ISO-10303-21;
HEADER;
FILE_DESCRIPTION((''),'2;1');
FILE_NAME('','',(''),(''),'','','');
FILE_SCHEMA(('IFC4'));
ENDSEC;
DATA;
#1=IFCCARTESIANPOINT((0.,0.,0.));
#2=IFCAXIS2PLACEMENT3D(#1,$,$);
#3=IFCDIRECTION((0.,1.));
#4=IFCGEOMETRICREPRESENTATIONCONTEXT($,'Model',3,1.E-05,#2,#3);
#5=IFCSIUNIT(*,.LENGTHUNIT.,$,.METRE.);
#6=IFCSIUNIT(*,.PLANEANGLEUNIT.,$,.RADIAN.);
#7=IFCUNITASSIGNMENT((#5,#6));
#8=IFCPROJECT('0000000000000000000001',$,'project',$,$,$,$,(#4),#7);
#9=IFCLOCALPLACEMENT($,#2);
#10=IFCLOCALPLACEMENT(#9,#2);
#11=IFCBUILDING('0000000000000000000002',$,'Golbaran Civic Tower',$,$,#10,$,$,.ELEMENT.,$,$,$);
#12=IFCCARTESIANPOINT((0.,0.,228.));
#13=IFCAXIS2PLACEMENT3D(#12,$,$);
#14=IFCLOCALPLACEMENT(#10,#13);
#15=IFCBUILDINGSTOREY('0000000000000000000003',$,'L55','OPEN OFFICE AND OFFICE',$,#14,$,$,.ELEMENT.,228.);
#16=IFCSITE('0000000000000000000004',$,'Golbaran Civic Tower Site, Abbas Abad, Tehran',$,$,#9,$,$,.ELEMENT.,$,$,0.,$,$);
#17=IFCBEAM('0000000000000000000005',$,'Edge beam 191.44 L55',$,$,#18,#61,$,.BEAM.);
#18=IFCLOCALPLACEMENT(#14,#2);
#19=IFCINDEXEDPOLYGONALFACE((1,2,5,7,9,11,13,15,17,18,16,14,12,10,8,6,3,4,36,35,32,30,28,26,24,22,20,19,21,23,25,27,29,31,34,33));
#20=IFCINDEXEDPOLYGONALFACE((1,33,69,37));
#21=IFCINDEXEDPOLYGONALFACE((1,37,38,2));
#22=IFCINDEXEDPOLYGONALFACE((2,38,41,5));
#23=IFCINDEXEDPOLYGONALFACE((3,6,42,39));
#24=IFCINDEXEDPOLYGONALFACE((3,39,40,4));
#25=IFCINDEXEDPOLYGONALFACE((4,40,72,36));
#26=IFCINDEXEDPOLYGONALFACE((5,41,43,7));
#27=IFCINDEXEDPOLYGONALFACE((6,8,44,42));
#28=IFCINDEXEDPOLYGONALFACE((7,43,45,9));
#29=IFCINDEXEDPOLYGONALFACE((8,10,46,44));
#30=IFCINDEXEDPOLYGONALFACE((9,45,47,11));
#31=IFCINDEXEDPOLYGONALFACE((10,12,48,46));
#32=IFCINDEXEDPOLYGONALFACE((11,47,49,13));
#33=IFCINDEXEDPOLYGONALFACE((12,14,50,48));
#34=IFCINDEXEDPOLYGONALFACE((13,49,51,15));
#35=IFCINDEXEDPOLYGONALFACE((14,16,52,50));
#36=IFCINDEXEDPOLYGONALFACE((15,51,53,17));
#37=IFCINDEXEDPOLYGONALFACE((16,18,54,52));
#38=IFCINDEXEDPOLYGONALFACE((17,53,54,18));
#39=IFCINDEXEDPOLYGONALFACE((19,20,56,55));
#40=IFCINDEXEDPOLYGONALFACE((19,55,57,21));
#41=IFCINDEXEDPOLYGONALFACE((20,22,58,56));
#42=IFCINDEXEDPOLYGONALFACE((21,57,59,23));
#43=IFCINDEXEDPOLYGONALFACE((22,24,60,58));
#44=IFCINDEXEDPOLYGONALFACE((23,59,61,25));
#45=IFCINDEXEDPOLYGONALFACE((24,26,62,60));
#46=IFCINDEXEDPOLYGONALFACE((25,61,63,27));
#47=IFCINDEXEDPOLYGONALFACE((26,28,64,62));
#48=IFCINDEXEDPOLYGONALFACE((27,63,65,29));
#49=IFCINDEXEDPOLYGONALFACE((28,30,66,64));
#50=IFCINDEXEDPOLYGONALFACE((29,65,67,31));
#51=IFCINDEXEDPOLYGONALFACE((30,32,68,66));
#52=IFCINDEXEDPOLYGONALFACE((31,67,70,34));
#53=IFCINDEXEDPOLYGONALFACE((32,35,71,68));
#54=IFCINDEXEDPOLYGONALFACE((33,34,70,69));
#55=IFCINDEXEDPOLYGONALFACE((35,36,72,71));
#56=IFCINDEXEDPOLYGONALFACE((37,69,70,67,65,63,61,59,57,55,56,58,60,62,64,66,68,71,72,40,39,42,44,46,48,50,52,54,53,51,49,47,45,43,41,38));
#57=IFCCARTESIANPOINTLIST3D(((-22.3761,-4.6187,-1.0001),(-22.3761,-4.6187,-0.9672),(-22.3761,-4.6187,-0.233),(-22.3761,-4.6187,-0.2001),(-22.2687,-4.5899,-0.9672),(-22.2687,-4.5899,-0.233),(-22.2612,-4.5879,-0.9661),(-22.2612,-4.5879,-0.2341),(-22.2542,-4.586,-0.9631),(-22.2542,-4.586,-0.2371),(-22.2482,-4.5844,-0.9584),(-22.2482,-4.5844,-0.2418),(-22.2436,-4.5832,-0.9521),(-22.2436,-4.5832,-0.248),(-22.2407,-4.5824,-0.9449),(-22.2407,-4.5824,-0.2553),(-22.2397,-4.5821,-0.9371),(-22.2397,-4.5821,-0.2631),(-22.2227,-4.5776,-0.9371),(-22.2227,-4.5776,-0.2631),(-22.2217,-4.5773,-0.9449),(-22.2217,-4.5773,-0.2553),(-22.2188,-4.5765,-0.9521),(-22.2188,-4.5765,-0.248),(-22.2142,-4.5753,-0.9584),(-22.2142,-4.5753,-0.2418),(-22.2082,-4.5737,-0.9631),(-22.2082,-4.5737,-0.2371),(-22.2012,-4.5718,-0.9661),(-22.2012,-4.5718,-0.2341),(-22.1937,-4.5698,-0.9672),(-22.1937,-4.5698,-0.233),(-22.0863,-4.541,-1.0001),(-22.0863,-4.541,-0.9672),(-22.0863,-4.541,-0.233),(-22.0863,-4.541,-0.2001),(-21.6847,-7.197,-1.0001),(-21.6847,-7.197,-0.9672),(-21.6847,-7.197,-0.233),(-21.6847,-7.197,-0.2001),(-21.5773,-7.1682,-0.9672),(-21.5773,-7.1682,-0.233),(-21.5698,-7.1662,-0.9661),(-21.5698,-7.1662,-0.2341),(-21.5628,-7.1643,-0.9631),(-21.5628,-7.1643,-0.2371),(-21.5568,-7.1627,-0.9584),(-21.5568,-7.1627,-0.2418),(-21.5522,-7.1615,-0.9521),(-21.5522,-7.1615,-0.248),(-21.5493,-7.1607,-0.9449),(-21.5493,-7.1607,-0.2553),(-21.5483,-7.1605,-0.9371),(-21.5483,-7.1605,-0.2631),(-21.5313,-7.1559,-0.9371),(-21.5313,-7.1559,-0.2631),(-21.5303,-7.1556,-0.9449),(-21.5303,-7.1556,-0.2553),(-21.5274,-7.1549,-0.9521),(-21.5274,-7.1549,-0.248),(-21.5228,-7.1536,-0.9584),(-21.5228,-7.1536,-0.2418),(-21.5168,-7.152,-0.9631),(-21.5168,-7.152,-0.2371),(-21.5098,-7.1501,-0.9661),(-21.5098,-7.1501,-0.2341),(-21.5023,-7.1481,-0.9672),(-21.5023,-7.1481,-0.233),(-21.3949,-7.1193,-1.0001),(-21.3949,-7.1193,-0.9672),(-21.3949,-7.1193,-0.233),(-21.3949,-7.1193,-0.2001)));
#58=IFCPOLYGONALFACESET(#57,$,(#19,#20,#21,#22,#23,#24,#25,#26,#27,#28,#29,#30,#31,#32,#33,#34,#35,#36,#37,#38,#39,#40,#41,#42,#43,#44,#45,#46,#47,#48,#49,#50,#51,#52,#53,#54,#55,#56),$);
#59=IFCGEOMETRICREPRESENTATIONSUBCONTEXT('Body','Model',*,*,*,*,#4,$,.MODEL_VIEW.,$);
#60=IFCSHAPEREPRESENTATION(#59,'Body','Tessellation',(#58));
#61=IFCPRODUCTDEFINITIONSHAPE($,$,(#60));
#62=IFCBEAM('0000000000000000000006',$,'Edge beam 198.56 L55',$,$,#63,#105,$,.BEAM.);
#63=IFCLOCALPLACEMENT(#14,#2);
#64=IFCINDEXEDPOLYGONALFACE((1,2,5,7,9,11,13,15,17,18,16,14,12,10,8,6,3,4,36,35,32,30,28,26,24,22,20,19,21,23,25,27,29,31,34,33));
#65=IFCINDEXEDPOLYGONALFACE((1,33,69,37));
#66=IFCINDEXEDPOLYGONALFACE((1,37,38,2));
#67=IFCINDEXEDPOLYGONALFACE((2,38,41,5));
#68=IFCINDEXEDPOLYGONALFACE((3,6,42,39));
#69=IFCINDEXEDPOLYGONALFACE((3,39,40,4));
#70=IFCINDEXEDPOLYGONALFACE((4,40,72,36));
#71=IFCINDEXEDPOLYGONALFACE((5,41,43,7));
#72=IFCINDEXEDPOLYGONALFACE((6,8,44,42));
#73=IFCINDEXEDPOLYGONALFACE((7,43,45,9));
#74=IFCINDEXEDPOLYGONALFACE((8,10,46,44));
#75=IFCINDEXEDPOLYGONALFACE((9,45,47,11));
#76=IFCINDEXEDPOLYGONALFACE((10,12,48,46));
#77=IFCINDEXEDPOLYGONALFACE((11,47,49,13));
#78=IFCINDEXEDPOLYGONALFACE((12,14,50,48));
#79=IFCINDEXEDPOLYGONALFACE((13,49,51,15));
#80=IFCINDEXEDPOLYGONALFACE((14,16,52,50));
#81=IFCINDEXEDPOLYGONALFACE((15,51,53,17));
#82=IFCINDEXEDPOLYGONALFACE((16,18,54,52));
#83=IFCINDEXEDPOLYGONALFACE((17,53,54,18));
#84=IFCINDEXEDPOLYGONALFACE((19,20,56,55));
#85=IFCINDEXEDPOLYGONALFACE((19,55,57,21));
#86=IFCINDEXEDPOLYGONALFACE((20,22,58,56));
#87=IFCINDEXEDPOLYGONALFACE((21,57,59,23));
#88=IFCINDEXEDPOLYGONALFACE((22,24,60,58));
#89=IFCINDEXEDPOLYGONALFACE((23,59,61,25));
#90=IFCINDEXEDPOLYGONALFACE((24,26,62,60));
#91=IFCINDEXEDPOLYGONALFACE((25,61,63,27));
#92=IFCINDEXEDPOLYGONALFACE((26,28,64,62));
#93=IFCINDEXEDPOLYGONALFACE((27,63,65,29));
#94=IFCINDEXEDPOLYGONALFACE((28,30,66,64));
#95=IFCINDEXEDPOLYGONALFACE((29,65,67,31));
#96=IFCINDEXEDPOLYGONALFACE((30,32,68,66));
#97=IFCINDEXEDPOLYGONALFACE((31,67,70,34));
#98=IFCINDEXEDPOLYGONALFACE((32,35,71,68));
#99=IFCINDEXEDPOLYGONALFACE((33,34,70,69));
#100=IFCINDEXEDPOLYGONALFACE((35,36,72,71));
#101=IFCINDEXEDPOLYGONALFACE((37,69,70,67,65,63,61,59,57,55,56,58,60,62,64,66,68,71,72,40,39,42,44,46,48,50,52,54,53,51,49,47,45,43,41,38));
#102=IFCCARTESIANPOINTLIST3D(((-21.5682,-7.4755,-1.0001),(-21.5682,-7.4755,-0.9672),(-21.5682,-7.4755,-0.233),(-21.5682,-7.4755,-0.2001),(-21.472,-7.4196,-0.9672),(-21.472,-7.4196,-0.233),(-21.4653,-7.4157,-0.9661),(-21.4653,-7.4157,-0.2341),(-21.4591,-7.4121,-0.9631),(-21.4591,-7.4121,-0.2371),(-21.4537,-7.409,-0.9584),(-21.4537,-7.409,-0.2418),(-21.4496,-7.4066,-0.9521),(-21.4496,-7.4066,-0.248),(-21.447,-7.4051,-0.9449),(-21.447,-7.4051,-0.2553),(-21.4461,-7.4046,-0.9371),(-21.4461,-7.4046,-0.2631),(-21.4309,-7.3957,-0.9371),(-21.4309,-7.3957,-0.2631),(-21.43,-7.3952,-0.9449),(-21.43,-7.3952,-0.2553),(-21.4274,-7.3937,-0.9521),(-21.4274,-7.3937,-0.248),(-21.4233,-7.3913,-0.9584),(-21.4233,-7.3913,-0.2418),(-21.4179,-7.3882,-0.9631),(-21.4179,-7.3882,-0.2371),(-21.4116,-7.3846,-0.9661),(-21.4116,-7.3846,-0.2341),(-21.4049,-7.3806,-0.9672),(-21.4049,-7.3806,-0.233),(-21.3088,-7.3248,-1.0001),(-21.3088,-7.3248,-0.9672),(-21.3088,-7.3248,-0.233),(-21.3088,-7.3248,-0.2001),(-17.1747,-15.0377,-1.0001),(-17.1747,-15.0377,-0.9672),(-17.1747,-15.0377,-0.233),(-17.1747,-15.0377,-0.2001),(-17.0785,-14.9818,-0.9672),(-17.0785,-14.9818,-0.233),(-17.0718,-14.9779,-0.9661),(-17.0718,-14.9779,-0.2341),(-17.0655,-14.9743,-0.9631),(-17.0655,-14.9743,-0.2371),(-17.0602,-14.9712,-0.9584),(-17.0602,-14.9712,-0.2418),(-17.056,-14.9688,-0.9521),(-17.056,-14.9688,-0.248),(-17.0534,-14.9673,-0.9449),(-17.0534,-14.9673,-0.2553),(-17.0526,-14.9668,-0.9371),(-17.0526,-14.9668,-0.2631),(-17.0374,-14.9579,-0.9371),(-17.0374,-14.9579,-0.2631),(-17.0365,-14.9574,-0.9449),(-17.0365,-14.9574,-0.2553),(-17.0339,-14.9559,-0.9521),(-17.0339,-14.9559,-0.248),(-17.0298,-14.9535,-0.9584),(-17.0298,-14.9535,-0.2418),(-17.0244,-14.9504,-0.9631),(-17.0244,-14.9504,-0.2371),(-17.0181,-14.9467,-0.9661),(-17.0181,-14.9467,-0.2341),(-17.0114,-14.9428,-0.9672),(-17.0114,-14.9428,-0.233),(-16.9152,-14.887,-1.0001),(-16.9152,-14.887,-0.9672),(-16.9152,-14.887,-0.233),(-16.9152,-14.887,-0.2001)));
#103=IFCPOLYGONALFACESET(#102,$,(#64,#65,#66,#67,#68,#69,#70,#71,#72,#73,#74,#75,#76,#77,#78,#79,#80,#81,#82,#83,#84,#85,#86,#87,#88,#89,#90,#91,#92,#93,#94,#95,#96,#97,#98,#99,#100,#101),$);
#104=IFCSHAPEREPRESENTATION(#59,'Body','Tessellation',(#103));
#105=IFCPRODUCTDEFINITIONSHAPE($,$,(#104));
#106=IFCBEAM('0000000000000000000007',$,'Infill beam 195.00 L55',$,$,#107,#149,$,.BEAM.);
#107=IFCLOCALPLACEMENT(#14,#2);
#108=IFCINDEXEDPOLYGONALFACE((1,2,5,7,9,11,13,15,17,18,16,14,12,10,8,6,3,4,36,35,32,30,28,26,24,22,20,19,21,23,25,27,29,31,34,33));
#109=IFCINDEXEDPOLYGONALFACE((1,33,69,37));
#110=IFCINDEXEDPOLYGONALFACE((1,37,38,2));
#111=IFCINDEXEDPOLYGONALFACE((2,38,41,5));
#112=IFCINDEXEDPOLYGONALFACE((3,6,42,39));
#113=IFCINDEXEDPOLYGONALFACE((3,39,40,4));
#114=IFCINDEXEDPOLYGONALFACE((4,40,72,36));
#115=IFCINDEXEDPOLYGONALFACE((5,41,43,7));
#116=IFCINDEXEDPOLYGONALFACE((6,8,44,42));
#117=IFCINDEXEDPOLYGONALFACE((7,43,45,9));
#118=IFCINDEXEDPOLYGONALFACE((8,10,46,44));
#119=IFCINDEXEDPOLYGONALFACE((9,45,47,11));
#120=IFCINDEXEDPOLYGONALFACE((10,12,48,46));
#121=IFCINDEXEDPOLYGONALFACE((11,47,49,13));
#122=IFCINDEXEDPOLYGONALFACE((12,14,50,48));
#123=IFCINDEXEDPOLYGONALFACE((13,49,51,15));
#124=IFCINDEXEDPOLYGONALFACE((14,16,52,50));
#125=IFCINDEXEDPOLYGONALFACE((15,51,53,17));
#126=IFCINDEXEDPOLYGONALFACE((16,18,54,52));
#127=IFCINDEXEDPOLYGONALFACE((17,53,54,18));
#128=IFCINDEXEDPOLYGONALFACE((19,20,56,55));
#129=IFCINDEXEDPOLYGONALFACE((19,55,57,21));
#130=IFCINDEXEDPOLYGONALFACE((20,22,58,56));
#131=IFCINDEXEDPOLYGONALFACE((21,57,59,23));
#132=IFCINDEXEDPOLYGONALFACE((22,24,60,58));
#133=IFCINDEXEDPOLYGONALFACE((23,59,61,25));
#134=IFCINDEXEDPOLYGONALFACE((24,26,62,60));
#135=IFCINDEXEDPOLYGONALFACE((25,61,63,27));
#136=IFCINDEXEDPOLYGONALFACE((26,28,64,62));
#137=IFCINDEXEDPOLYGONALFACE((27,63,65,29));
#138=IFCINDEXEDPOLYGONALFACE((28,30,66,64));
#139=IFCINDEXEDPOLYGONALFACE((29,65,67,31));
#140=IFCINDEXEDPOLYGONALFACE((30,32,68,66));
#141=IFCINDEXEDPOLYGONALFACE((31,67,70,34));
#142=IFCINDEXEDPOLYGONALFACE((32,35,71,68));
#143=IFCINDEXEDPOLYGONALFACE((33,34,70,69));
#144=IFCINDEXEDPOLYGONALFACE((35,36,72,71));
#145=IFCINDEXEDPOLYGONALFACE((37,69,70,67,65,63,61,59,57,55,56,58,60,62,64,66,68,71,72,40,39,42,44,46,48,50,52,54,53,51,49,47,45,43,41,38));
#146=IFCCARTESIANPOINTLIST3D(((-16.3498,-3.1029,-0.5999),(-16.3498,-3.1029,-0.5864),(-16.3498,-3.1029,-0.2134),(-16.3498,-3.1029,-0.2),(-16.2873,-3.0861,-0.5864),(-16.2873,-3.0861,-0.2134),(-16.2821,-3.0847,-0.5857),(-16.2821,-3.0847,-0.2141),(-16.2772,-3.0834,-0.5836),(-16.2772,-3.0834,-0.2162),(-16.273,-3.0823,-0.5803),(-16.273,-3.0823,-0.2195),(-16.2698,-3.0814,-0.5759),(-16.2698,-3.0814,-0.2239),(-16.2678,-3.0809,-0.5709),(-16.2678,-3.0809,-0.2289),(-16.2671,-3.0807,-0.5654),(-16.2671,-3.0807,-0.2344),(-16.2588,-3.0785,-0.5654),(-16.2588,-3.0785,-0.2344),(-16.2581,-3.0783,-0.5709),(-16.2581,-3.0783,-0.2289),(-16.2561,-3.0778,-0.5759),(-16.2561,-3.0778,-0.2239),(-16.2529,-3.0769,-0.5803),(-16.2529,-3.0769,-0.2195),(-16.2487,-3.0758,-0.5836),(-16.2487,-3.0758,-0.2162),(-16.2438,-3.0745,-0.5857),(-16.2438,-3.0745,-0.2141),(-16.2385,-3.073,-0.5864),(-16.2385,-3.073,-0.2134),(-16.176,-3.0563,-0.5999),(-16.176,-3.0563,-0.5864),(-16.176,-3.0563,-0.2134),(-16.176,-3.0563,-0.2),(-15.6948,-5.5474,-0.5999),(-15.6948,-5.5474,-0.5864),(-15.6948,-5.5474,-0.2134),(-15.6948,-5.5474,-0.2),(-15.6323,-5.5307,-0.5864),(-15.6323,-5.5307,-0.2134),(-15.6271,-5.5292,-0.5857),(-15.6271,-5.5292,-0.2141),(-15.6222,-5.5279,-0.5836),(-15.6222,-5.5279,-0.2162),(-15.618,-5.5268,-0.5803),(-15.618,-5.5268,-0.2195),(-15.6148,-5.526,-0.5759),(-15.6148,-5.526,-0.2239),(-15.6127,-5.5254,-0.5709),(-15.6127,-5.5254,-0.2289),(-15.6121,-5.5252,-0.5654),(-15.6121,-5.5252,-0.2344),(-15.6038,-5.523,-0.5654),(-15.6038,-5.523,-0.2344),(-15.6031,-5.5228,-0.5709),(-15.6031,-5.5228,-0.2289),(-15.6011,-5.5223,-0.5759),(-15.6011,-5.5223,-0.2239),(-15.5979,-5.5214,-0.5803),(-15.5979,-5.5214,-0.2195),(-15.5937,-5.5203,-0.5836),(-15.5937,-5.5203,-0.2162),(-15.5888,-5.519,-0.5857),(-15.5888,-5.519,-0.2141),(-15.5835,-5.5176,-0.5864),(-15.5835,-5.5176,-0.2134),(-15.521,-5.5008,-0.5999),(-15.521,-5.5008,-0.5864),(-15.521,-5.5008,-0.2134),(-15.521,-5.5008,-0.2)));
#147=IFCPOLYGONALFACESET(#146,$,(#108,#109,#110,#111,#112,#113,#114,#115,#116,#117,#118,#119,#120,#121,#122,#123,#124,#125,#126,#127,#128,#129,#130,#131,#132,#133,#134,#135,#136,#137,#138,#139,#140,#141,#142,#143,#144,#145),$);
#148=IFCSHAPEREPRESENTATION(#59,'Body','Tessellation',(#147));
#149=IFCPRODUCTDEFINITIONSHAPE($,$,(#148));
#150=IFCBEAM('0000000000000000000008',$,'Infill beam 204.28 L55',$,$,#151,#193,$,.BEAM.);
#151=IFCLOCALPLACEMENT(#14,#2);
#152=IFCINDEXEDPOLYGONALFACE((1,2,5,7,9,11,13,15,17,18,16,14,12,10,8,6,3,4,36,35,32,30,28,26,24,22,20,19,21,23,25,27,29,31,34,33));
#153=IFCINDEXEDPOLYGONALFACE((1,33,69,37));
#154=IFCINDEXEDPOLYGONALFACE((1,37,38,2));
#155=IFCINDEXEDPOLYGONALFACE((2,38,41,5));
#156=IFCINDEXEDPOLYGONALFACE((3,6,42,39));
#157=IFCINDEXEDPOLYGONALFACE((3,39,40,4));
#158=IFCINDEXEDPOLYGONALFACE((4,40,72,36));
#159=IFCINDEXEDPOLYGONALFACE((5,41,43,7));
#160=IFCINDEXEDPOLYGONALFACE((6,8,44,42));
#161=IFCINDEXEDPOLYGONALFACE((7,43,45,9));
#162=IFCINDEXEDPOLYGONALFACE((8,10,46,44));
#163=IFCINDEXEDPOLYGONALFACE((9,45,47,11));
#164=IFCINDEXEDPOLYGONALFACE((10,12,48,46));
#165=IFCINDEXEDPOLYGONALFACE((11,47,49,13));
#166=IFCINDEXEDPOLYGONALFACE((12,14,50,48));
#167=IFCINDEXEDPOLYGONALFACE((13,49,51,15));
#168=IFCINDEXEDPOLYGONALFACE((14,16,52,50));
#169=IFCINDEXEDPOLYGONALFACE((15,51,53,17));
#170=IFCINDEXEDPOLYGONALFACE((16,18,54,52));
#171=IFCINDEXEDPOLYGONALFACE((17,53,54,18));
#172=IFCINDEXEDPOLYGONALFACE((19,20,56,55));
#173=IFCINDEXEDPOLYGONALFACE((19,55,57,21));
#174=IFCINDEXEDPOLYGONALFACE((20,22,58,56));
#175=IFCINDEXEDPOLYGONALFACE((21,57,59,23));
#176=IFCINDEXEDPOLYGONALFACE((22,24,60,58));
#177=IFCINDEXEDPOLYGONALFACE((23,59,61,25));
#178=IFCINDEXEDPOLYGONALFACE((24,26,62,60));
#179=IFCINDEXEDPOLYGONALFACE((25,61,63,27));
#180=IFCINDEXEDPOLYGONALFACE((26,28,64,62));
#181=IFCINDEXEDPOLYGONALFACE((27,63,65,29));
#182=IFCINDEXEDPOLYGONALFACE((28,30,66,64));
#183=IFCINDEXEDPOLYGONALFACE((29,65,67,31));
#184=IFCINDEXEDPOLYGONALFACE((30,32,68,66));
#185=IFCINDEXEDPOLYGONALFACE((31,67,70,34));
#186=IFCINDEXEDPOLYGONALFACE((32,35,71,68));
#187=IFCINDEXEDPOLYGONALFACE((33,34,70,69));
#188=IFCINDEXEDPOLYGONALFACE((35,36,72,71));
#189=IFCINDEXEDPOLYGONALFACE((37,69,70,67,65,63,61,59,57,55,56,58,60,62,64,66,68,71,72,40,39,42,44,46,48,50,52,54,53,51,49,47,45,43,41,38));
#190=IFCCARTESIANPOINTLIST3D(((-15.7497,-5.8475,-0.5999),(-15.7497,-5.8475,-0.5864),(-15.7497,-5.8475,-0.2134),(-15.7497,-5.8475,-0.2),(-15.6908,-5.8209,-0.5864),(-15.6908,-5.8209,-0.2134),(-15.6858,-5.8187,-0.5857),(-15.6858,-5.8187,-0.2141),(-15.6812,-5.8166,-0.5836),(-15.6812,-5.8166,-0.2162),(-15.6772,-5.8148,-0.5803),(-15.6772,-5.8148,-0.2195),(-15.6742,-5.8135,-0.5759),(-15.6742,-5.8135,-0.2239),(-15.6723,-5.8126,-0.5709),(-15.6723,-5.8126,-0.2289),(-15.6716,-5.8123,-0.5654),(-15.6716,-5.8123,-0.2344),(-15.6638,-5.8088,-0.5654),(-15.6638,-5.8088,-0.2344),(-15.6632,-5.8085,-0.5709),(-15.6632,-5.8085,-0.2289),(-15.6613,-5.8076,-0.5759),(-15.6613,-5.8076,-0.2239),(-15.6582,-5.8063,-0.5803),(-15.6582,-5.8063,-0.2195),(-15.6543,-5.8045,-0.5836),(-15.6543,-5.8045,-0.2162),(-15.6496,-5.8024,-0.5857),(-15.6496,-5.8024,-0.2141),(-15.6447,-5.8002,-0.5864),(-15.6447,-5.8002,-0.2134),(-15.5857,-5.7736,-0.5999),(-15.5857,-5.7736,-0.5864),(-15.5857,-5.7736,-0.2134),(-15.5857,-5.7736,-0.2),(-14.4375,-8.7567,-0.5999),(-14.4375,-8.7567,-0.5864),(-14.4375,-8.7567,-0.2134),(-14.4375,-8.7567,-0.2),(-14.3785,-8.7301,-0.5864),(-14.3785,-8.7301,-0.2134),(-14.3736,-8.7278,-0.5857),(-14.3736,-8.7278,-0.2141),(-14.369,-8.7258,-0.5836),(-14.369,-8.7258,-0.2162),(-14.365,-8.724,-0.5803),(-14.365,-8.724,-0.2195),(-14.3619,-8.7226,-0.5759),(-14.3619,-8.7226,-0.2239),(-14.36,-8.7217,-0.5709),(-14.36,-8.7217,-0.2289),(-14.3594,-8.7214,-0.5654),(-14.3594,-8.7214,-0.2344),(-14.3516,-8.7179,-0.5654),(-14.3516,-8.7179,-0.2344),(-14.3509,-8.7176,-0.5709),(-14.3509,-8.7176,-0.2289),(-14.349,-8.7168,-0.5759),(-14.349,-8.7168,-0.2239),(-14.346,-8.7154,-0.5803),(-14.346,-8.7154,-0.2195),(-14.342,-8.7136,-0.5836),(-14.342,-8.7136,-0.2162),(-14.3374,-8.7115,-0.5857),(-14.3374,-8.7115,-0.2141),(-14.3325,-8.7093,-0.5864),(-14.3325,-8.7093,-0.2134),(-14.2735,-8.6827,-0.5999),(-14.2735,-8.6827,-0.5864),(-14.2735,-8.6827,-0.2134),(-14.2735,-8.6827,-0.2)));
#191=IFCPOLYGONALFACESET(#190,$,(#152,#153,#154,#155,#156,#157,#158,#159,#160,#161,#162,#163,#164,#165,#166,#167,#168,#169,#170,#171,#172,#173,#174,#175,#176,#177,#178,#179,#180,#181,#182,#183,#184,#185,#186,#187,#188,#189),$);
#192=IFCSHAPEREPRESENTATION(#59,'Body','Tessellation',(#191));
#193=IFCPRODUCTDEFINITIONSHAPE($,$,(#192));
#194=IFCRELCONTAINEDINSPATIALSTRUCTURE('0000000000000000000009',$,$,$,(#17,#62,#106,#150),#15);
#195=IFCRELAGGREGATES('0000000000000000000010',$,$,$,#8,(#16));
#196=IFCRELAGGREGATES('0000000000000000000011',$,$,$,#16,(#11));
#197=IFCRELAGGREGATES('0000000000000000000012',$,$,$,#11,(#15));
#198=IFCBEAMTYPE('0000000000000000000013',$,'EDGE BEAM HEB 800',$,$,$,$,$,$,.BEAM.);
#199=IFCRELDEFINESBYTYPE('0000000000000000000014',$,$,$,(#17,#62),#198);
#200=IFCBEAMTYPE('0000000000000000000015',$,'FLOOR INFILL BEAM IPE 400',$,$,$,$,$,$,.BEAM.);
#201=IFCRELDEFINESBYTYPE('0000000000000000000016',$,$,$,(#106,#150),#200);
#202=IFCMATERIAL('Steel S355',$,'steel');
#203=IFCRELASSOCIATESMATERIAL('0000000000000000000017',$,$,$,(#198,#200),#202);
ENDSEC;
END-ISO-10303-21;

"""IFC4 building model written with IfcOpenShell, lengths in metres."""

from ifc_helpers import new_model, si_unit, direction, frame, origin, origin_2d, place, context, subcontext, project, spatial, i_section, extrude, material, material_profile, profile_set, type_object, element, save


model = new_model("IFC4")

# Units and contexts
model_context = context("Model", 3, precision=1e-05, world=origin(), true_north=direction((0.0, 1.0)))
body_context = subcontext(model_context, "Body", "Model", "MODEL_VIEW")
ifc_project = project(units=[si_unit("LENGTHUNIT", "METRE"), si_unit("PLANEANGLEUNIT", "RADIAN")], contexts=[model_context])

# Site, building, storey
site_placement = place(None, origin())
site = spatial("IfcSite", under=ifc_project, at=site_placement, Name="Golbaran Civic Tower Site, Abbas Abad, Tehran", CompositionType="ELEMENT", RefElevation=0.0)
building_placement = place(site_placement, origin())
building = spatial("IfcBuilding", under=site, at=building_placement, Name="Golbaran Civic Tower", CompositionType="ELEMENT")
storey_placement = place(building_placement, frame((0.0, 0.0, 228.0)))
storey = spatial("IfcBuildingStorey", under=building, at=storey_placement, Name="L55", Description="OPEN OFFICE AND OFFICE", CompositionType="ELEMENT", Elevation=228.0)

# Beams
ifc_material_1 = material(Name="Steel S355", Category="steel")
ifc_material_profile_1 = material_profile(ifc_material_1, i_section(OverallWidth=0.3, OverallDepth=0.8, WebThickness=0.0176, FlangeThickness=0.033, FilletRadius=0.03, at=origin_2d()), Name="HEB 800")
ifc_profile_set_1 = profile_set([ifc_material_profile_1], Name="Steel S355")
beam_type_1 = type_object("IfcBeamType", Name="EDGE BEAM HEB 800", PredefinedType="BEAM", material=ifc_profile_set_1)
beam_1_placement = place(storey_placement, frame((-22.2312, -4.5798, -0.6001), z_axis=(0.259006, -0.965876, 0.0), x_axis=(0.965876, 0.259006, 0.0)))
element("IfcBeam", 1, at=beam_1_placement, inside=storey, type_object=beam_type_1, Name="Edge beam 191.44 L55", PredefinedType="BEAM", context=body_context, shape_type="SweptSolid", body=[
    extrude(i_section(OverallWidth=0.3, OverallDepth=0.8, WebThickness=0.0176, FlangeThickness=0.033, FilletRadius=0.03, at=origin_2d()), origin(), (0.0, 0.0, 1.0), 2.6694),
])
beam_2_placement = place(storey_placement, frame((-21.4385, -7.4001, -0.6001), z_axis=(0.502355, -0.864661, 0.0), x_axis=(0.864661, 0.502355, 0.0)))
element("IfcBeam", 2, at=beam_2_placement, inside=storey, type_object=beam_type_1, Name="Edge beam 198.56 L55", PredefinedType="BEAM", context=body_context, shape_type="SweptSolid", body=[
    extrude(i_section(OverallWidth=0.3, OverallDepth=0.8, WebThickness=0.0176, FlangeThickness=0.033, FilletRadius=0.03, at=origin_2d()), origin(), (0.0, 0.0, 1.0), 8.7458),
])
ifc_material_profile_2 = material_profile(ifc_material_1, i_section(OverallWidth=0.1799, OverallDepth=0.3999, WebThickness=0.0085, FlangeThickness=0.0134, FilletRadius=0.021, at=origin_2d()), Name="IPE 400")
ifc_profile_set_2 = profile_set([ifc_material_profile_2], Name="Steel S355")
beam_type_2 = type_object("IfcBeamType", Name="FLOOR INFILL BEAM IPE 400", PredefinedType="BEAM", material=ifc_profile_set_2)
beam_3_placement = place(storey_placement, frame((-16.2629, -3.0796, -0.3999), z_axis=(0.258821, -0.965925, 0.0), x_axis=(0.965925, 0.258821, 0.0)))
element("IfcBeam", 3, at=beam_3_placement, inside=storey, type_object=beam_type_2, Name="Infill beam 195.00 L55", PredefinedType="BEAM", context=body_context, shape_type="SweptSolid", body=[
    extrude(i_section(OverallWidth=0.1799, OverallDepth=0.3999, WebThickness=0.0085, FlangeThickness=0.0134, FilletRadius=0.021, at=origin_2d()), origin(), (0.0, 0.0, 1.0), 2.5308),
])
beam_4_placement = place(storey_placement, frame((-15.6677, -5.8105, -0.3999), z_axis=(0.411179, -0.911555, 0.0), x_axis=(0.911555, 0.411179, 0.0)))
element("IfcBeam", 4, at=beam_4_placement, inside=storey, type_object=beam_type_2, Name="Infill beam 204.28 L55", PredefinedType="BEAM", context=body_context, shape_type="SweptSolid", body=[
    extrude(i_section(OverallWidth=0.1799, OverallDepth=0.3999, WebThickness=0.0085, FlangeThickness=0.0134, FilletRadius=0.021, at=origin_2d()), origin(), (0.0, 0.0, 1.0), 3.1914),
])

save(model, "model.ifc")
